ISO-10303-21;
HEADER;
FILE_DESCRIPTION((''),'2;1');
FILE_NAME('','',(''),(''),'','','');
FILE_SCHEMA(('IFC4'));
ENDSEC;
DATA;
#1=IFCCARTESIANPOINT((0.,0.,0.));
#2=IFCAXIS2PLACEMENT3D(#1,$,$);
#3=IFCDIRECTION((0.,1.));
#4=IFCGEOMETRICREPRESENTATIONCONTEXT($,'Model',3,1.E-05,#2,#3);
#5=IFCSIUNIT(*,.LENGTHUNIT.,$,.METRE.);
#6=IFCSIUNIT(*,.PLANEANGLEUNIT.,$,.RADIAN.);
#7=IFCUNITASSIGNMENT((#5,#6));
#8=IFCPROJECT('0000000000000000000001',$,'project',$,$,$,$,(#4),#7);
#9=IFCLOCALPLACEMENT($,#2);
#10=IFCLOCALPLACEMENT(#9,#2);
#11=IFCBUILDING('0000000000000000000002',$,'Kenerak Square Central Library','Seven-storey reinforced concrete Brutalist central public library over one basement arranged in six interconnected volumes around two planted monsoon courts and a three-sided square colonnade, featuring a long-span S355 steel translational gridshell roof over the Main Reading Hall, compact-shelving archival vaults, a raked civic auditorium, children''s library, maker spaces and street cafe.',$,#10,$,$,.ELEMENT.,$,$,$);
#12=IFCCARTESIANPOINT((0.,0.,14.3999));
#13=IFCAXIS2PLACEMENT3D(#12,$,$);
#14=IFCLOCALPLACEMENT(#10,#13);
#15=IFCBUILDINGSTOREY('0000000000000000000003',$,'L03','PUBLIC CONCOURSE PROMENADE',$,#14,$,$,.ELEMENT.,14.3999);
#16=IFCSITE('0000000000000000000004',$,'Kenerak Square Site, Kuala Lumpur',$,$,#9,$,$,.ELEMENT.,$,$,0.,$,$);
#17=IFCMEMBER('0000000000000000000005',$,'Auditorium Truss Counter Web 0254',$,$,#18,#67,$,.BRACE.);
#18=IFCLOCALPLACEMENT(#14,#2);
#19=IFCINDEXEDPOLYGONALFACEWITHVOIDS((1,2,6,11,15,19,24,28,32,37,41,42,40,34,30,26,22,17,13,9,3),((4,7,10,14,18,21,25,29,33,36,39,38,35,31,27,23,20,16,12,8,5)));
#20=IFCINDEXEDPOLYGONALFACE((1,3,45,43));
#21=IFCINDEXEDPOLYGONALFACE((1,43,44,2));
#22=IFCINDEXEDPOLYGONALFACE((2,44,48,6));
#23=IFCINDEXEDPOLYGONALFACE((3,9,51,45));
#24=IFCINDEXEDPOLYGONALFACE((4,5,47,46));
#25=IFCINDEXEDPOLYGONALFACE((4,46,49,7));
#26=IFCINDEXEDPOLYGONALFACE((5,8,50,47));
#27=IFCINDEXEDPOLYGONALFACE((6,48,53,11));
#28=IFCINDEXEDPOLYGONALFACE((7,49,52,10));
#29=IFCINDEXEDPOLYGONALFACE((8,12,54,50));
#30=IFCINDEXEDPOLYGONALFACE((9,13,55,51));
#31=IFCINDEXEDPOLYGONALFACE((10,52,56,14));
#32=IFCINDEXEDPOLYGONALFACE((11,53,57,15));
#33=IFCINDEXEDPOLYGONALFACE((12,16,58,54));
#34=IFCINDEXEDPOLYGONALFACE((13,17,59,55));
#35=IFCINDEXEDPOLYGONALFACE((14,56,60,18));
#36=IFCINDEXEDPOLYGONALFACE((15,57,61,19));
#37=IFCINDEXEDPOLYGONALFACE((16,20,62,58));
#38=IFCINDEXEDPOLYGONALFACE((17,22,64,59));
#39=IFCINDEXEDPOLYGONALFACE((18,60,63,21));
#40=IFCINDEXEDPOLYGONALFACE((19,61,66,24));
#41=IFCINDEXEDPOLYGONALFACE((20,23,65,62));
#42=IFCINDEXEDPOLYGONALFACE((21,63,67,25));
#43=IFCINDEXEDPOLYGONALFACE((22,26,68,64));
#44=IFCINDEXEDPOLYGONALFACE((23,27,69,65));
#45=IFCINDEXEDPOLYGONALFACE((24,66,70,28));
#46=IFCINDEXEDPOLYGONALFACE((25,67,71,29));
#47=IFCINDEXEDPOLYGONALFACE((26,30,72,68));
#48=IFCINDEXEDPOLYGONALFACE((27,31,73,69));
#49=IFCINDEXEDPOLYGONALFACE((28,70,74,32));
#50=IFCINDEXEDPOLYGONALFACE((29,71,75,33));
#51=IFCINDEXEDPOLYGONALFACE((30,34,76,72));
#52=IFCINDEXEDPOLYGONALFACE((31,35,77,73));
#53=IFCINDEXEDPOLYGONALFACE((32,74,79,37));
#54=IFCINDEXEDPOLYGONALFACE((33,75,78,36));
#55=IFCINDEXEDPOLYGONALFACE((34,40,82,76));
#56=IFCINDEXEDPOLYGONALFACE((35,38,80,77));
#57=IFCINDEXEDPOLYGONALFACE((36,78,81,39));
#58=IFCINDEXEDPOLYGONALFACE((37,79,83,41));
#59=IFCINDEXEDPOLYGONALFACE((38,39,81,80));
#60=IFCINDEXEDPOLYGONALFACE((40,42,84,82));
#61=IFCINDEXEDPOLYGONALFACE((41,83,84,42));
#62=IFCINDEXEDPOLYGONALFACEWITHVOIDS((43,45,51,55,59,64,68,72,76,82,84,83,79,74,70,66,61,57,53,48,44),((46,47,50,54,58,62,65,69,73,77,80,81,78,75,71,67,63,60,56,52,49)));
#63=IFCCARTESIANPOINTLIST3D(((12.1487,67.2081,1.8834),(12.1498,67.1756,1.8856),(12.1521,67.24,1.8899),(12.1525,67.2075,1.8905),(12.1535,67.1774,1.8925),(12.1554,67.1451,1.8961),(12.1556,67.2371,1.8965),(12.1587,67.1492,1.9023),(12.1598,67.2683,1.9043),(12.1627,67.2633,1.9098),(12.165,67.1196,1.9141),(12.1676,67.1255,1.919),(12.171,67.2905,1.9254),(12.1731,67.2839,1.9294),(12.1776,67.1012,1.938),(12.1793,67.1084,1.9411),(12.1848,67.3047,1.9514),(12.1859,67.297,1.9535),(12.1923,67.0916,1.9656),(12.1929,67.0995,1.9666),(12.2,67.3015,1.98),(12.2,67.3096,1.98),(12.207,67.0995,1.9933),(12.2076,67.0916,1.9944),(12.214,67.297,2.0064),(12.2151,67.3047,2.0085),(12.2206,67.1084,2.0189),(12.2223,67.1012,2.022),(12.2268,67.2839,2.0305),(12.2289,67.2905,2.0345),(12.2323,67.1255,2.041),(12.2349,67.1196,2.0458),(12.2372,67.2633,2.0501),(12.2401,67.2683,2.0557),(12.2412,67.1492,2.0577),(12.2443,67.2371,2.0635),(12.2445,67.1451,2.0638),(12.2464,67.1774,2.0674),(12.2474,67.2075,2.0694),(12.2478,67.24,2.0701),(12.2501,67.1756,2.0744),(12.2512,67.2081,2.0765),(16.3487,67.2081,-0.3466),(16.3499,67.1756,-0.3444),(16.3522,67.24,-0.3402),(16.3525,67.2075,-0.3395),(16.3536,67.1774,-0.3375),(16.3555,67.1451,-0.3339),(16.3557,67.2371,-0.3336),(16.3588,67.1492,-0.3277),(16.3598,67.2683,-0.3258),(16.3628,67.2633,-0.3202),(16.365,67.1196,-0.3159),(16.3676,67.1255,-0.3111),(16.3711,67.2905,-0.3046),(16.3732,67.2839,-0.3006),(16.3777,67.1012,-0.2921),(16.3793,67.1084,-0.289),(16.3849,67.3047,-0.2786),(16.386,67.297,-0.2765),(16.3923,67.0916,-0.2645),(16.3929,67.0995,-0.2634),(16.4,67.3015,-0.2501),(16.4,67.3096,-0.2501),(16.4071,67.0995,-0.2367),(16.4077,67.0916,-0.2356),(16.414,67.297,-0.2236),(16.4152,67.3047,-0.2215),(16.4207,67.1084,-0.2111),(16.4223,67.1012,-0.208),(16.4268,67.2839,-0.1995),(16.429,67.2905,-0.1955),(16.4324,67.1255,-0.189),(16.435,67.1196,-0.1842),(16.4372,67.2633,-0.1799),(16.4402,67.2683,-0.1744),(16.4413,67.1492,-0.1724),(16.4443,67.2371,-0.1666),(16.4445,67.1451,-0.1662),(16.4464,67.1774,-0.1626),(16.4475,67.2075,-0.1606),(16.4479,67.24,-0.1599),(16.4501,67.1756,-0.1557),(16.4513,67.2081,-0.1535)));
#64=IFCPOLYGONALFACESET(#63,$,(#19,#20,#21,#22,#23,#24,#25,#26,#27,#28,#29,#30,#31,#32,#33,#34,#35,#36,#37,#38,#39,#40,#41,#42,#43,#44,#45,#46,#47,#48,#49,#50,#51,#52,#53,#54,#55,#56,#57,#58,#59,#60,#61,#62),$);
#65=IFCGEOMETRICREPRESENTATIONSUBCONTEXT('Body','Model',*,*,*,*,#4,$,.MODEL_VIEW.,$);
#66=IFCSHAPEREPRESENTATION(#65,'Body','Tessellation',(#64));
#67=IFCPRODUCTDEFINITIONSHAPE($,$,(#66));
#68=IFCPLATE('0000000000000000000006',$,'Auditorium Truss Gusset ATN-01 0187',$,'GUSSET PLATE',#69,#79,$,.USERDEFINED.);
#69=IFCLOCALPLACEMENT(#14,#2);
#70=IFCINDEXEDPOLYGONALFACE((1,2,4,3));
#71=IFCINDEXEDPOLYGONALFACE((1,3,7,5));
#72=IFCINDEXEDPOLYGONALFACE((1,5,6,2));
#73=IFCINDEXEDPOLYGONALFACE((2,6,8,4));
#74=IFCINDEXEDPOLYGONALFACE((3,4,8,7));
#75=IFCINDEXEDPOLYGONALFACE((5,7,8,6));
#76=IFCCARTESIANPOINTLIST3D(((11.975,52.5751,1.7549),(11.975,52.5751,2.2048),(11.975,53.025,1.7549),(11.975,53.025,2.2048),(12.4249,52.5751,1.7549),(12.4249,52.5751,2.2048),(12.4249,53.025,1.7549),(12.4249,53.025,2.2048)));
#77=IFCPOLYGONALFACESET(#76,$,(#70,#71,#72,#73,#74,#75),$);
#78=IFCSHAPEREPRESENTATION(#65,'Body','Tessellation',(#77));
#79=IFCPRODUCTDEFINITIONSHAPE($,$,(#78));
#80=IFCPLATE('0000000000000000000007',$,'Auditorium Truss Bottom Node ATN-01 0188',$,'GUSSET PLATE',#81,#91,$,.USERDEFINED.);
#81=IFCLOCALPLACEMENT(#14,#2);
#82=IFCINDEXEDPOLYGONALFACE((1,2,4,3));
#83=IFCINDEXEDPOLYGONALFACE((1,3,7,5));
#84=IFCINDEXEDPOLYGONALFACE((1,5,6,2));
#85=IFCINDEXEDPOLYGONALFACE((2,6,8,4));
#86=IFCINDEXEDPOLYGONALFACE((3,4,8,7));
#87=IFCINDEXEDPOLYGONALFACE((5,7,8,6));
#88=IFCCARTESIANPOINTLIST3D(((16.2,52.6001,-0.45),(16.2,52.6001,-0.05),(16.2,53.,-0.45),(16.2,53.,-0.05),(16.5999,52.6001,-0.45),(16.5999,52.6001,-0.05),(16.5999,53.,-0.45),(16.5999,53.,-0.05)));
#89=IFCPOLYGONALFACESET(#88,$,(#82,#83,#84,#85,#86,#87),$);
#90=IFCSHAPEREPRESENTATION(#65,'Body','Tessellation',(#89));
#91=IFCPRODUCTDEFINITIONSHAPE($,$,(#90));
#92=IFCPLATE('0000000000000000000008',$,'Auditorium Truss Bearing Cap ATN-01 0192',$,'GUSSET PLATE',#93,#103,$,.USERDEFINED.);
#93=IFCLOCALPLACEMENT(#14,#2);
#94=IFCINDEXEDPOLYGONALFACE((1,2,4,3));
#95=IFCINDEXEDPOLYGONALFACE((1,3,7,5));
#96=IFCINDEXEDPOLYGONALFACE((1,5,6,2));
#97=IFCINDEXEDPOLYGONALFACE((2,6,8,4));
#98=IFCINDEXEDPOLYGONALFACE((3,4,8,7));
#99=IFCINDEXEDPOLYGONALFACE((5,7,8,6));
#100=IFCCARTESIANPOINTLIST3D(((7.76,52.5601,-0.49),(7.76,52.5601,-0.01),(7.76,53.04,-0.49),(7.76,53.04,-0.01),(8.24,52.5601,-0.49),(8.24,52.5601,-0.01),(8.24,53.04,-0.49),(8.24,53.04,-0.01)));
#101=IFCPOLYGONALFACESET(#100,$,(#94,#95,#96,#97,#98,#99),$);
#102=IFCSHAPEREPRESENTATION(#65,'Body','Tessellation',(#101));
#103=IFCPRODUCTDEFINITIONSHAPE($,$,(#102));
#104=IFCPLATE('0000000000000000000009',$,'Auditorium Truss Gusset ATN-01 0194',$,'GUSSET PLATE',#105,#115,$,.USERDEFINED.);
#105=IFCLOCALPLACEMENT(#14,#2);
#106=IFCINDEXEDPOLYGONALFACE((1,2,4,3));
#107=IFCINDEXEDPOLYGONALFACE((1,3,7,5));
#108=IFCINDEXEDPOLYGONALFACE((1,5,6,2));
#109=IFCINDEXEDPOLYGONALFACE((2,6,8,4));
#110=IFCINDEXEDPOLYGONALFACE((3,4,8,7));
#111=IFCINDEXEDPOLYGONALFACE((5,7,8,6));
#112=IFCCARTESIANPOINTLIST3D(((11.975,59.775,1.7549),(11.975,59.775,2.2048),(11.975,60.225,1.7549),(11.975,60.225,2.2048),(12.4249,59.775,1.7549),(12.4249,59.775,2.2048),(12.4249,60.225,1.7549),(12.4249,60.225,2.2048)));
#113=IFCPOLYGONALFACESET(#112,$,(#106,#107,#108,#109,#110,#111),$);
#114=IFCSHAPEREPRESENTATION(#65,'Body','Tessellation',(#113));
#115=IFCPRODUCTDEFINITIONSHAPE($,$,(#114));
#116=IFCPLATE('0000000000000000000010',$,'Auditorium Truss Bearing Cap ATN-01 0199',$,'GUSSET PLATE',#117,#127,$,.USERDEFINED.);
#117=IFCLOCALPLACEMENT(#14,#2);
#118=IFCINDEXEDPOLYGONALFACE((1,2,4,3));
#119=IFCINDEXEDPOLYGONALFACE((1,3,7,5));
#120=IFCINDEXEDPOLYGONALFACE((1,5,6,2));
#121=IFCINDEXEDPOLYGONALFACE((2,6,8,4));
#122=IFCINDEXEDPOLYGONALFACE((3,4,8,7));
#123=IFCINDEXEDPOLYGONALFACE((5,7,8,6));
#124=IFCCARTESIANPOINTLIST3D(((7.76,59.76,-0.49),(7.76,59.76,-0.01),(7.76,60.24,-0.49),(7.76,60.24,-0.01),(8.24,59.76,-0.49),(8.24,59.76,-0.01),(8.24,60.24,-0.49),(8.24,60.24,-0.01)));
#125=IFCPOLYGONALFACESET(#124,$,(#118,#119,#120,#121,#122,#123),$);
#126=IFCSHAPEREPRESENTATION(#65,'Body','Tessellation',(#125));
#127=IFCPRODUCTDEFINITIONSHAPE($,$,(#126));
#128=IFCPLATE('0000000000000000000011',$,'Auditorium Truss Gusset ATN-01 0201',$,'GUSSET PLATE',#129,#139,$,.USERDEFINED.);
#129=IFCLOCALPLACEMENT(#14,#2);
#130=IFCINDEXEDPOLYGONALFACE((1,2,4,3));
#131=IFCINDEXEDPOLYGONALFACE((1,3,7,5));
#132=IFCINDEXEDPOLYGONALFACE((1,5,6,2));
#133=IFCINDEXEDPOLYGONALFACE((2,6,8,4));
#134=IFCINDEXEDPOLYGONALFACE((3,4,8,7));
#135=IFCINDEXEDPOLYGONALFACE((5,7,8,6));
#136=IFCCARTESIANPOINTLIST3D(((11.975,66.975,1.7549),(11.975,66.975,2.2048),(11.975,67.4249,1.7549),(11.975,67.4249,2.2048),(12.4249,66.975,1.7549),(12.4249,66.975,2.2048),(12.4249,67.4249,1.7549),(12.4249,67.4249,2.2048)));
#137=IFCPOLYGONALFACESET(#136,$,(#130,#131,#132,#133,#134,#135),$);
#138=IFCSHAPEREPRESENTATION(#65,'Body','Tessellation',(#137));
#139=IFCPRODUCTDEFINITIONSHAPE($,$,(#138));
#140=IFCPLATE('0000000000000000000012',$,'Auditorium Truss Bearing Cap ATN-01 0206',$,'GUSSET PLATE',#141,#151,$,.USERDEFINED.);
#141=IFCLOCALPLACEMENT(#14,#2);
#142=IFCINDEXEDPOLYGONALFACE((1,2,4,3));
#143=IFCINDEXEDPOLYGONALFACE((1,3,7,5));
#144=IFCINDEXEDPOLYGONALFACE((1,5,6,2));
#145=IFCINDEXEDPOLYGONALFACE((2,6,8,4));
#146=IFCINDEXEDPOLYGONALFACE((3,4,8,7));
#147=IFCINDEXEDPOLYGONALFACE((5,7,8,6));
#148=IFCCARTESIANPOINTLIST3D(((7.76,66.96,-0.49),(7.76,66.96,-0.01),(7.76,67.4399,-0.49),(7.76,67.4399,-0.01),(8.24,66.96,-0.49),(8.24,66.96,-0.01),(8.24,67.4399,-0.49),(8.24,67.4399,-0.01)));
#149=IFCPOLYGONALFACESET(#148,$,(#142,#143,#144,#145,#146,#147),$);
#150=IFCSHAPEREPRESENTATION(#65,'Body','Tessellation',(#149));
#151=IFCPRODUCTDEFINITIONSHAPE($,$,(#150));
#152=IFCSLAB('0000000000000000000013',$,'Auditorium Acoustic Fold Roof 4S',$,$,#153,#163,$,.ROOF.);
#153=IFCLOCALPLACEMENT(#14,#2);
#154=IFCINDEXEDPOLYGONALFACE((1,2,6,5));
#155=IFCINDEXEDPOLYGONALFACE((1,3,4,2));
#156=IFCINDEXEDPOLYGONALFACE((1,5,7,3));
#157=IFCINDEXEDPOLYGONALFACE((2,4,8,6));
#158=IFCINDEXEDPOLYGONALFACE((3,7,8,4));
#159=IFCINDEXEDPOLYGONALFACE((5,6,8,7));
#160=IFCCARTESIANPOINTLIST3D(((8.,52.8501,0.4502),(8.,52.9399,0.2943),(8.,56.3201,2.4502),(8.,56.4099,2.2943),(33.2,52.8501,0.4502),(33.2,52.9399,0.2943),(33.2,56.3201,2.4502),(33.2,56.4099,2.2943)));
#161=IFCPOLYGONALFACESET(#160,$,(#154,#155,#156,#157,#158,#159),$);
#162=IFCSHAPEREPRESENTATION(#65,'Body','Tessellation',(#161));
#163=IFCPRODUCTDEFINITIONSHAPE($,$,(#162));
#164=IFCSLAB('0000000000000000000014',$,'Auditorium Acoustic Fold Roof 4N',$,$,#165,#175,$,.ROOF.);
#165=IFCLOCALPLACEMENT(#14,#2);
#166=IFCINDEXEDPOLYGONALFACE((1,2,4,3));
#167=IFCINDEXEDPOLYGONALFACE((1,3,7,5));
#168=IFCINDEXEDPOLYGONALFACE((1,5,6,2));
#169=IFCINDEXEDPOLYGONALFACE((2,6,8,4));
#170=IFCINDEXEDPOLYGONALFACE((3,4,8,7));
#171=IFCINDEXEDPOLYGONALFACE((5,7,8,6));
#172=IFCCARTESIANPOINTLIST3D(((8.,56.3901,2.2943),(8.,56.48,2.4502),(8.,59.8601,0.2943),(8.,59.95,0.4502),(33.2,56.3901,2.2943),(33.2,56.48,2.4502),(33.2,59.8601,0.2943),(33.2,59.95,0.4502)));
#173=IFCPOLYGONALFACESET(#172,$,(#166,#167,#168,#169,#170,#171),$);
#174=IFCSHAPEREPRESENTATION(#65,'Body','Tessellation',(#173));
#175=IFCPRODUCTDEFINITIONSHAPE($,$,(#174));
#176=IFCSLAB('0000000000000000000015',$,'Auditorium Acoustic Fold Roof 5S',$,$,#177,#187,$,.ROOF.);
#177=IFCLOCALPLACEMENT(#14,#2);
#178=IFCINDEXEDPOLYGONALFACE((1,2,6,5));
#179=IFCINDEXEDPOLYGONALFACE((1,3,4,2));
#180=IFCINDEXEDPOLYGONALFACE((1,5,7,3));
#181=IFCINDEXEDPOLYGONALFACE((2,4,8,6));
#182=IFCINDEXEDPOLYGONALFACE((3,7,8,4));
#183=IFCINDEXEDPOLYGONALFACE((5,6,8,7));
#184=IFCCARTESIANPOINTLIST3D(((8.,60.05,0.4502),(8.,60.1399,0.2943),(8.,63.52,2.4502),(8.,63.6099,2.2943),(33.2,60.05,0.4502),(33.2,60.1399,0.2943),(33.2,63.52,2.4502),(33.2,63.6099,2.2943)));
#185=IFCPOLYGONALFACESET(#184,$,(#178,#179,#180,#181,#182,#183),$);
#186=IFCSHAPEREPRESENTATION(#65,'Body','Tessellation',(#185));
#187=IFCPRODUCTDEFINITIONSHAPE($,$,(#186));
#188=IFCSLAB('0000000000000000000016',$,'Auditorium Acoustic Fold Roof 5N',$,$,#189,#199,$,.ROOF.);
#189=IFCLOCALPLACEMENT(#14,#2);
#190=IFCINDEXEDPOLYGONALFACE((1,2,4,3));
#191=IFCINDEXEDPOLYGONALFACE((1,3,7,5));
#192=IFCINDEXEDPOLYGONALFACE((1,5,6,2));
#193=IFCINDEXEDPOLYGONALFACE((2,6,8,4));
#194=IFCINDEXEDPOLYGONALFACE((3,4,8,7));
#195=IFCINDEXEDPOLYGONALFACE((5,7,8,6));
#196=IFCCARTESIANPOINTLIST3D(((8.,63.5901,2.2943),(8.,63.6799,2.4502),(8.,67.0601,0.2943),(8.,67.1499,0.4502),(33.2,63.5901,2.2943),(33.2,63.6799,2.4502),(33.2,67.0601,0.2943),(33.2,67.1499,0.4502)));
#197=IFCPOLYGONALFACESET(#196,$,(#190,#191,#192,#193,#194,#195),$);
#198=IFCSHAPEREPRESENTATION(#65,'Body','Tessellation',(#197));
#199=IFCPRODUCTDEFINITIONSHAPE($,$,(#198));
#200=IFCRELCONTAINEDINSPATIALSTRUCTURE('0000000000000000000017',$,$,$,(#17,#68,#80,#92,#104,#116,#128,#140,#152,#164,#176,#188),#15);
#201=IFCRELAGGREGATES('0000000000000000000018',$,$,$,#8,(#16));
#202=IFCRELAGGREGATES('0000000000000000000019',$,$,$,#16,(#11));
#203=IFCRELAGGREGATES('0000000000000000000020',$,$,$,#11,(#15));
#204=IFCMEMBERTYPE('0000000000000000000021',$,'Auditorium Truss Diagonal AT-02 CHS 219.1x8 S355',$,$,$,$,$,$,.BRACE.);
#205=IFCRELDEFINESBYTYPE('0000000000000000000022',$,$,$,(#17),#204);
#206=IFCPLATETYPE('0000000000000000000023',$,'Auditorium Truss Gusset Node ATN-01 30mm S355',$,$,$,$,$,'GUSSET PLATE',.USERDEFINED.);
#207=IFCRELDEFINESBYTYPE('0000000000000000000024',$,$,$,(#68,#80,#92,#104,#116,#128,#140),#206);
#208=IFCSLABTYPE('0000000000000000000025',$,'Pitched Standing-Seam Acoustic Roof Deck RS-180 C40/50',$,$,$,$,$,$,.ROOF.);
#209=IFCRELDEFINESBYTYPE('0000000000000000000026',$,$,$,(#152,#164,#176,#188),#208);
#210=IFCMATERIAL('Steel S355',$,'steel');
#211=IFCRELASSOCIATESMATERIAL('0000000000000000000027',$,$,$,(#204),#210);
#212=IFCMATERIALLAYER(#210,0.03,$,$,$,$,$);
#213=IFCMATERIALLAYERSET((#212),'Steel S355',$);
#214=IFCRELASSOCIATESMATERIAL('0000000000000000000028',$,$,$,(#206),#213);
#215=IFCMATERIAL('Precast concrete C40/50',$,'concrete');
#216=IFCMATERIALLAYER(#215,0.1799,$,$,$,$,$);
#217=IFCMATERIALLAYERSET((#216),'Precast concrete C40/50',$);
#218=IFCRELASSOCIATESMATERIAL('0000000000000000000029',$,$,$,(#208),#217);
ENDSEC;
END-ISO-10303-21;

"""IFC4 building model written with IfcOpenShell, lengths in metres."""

from ifc_helpers import new_model, si_unit, direction, frame, origin, origin_2d, place, context, subcontext, project, spatial, polyline, rectangle, hollow_circle, outline, extrude, material, layer, layer_set, material_profile, profile_set, type_object, element, save


model = new_model("IFC4")

# Units and contexts
model_context = context("Model", 3, precision=1e-05, world=origin(), true_north=direction((0.0, 1.0)))
body_context = subcontext(model_context, "Body", "Model", "MODEL_VIEW")
ifc_project = project(units=[si_unit("LENGTHUNIT", "METRE"), si_unit("PLANEANGLEUNIT", "RADIAN")], contexts=[model_context])

# Site, building, storey
site_placement = place(None, origin())
site = spatial("IfcSite", under=ifc_project, at=site_placement, Name="Kenerak Square Site, Kuala Lumpur", CompositionType="ELEMENT", RefElevation=0.0)
building_placement = place(site_placement, origin())
building = spatial("IfcBuilding", under=site, at=building_placement, Name="Kenerak Square Central Library", Description="Seven-storey reinforced concrete Brutalist central public library over one basement arranged in six interconnected volumes around two planted monsoon courts and a three-sided square colonnade, featuring a long-span S355 steel translational gridshell roof over the Main Reading Hall, compact-shelving archival vaults, a raked civic auditorium, children's library, maker spaces and street cafe.", CompositionType="ELEMENT")
storey_placement = place(building_placement, frame((0.0, 0.0, 14.3999)))
storey = spatial("IfcBuildingStorey", under=building, at=storey_placement, Name="L03", Description="PUBLIC CONCOURSE PROMENADE", CompositionType="ELEMENT", Elevation=14.3999)

# Shared definitions
ifc_material_1 = material(Name="Steel S355", Category="steel")

# Member
ifc_material_profile_1 = material_profile(ifc_material_1, hollow_circle(Radius=0.1096, WallThickness=0.0081, at=origin_2d()), Name="CHS 219.1x8.0")
ifc_profile_set_1 = profile_set([ifc_material_profile_1], Name="Steel S355")
member_type = type_object("IfcMemberType", Name="Auditorium Truss Diagonal AT-02 CHS 219.1x8 S355", PredefinedType="BRACE", material=ifc_profile_set_1)
for number, where, z_axis, x_axis, name in (
    (1, (12.2, 67.2, 1.98), (0.883224, 0.0, -0.468951), (0.0, 1.0, 0.0), "Auditorium Truss Counter Web 0254"),
):
    element("IfcMember", number, at=place(storey_placement, frame(where, z_axis=z_axis, x_axis=x_axis)), inside=storey, type_object=member_type, Name=name, PredefinedType="BRACE", context=body_context, shape_type="SweptSolid", body=[
        extrude(hollow_circle(Radius=0.1096, WallThickness=0.0081, at=origin_2d()), origin(), (0.0, 0.0, 1.0), 4.7554),
    ])

# Plates
ifc_layer_1 = layer(ifc_material_1, 0.03)
ifc_layer_set_1 = layer_set([ifc_layer_1], Name="Steel S355")
plate_type = type_object("IfcPlateType", Name="Auditorium Truss Gusset Node ATN-01 30mm S355", ElementType="GUSSET PLATE", PredefinedType="USERDEFINED", material=ifc_layer_set_1)
plate_1_placement = place(storey_placement, frame((12.2, 52.8, 1.7549), z_axis=(0.0, 0.0, 1.0), x_axis=(1.0, 0.0, 0.0)))
element("IfcPlate", 2, at=plate_1_placement, inside=storey, type_object=plate_type, Name="Auditorium Truss Gusset ATN-01 0187", ObjectType="GUSSET PLATE", PredefinedType="USERDEFINED", context=body_context, shape_type="SweptSolid", body=[
    extrude(rectangle(XDim=0.45, YDim=0.45, at=origin_2d()), origin(), (0.0, 0.0, 1.0), 0.45),
])
plate_2_placement = place(storey_placement, frame((16.3999, 52.8, -0.45), z_axis=(0.0, 0.0, 1.0), x_axis=(1.0, 0.0, 0.0)))
element("IfcPlate", 3, at=plate_2_placement, inside=storey, type_object=plate_type, Name="Auditorium Truss Bottom Node ATN-01 0188", ObjectType="GUSSET PLATE", PredefinedType="USERDEFINED", context=body_context, shape_type="SweptSolid", body=[
    extrude(rectangle(XDim=0.3999, YDim=0.3999, at=origin_2d()), origin(), (0.0, 0.0, 1.0), 0.3999),
])
plate_3_placement = place(storey_placement, frame((8.0, 52.8, -0.49), z_axis=(0.0, 0.0, 1.0), x_axis=(1.0, 0.0, 0.0)))
element("IfcPlate", 4, at=plate_3_placement, inside=storey, type_object=plate_type, Name="Auditorium Truss Bearing Cap ATN-01 0192", ObjectType="GUSSET PLATE", PredefinedType="USERDEFINED", context=body_context, shape_type="SweptSolid", body=[
    extrude(rectangle(XDim=0.48, YDim=0.48, at=origin_2d()), origin(), (0.0, 0.0, 1.0), 0.48),
])
plate_4_placement = place(storey_placement, frame((12.2, 60.0, 1.7549), z_axis=(0.0, 0.0, 1.0), x_axis=(1.0, 0.0, 0.0)))
element("IfcPlate", 5, at=plate_4_placement, inside=storey, type_object=plate_type, Name="Auditorium Truss Gusset ATN-01 0194", ObjectType="GUSSET PLATE", PredefinedType="USERDEFINED", context=body_context, shape_type="SweptSolid", body=[
    extrude(rectangle(XDim=0.45, YDim=0.45, at=origin_2d()), origin(), (0.0, 0.0, 1.0), 0.45),
])
plate_5_placement = place(storey_placement, frame((8.0, 60.0, -0.49), z_axis=(0.0, 0.0, 1.0), x_axis=(1.0, 0.0, 0.0)))
element("IfcPlate", 6, at=plate_5_placement, inside=storey, type_object=plate_type, Name="Auditorium Truss Bearing Cap ATN-01 0199", ObjectType="GUSSET PLATE", PredefinedType="USERDEFINED", context=body_context, shape_type="SweptSolid", body=[
    extrude(rectangle(XDim=0.48, YDim=0.48, at=origin_2d()), origin(), (0.0, 0.0, 1.0), 0.48),
])
plate_6_placement = place(storey_placement, frame((12.2, 67.2, 1.7549), z_axis=(0.0, 0.0, 1.0), x_axis=(1.0, 0.0, 0.0)))
element("IfcPlate", 7, at=plate_6_placement, inside=storey, type_object=plate_type, Name="Auditorium Truss Gusset ATN-01 0201", ObjectType="GUSSET PLATE", PredefinedType="USERDEFINED", context=body_context, shape_type="SweptSolid", body=[
    extrude(rectangle(XDim=0.45, YDim=0.45, at=origin_2d()), origin(), (0.0, 0.0, 1.0), 0.45),
])
plate_7_placement = place(storey_placement, frame((8.0, 67.2, -0.49), z_axis=(0.0, 0.0, 1.0), x_axis=(1.0, 0.0, 0.0)))
element("IfcPlate", 8, at=plate_7_placement, inside=storey, type_object=plate_type, Name="Auditorium Truss Bearing Cap ATN-01 0206", ObjectType="GUSSET PLATE", PredefinedType="USERDEFINED", context=body_context, shape_type="SweptSolid", body=[
    extrude(rectangle(XDim=0.48, YDim=0.48, at=origin_2d()), origin(), (0.0, 0.0, 1.0), 0.48),
])

# Slabs
ifc_material_2 = material(Name="Precast concrete C40/50", Category="concrete")
ifc_layer_2 = layer(ifc_material_2, 0.1799)
ifc_layer_set_2 = layer_set([ifc_layer_2], Name="Precast concrete C40/50")
slab_type = type_object("IfcSlabType", Name="Pitched Standing-Seam Acoustic Roof Deck RS-180 C40/50", PredefinedType="ROOF", material=ifc_layer_set_2)
for number, where, z_axis, x_axis, name in (
    (9, (8.0, 52.8501, 0.4502), (0.0, -0.499365, 0.866392), (1.0, 0.0, 0.0), "Auditorium Acoustic Fold Roof 4S"),
    (10, (8.0, 56.48, 2.4502), (0.0, 0.499365, 0.866392), (1.0, 0.0, 0.0), "Auditorium Acoustic Fold Roof 4N"),
    (11, (8.0, 60.05, 0.4502), (0.0, -0.499365, 0.866392), (1.0, 0.0, 0.0), "Auditorium Acoustic Fold Roof 5S"),
    (12, (8.0, 63.6799, 2.4502), (0.0, 0.499365, 0.866392), (1.0, 0.0, 0.0), "Auditorium Acoustic Fold Roof 5N"),
):
    element("IfcSlab", number, at=place(storey_placement, frame(where, z_axis=z_axis, x_axis=x_axis)), inside=storey, type_object=slab_type, Name=name, PredefinedType="ROOF", context=body_context, shape_type="SweptSolid", body=[
        extrude(outline(polyline([(0.0, 0.0), (25.2, 0.0), (25.2, 4.0051), (0.0, 4.0051), (0.0, 0.0)])), origin(), (0.0, 0.0, -1.0), 0.1799),
    ])

save(model, "model.ifc")
